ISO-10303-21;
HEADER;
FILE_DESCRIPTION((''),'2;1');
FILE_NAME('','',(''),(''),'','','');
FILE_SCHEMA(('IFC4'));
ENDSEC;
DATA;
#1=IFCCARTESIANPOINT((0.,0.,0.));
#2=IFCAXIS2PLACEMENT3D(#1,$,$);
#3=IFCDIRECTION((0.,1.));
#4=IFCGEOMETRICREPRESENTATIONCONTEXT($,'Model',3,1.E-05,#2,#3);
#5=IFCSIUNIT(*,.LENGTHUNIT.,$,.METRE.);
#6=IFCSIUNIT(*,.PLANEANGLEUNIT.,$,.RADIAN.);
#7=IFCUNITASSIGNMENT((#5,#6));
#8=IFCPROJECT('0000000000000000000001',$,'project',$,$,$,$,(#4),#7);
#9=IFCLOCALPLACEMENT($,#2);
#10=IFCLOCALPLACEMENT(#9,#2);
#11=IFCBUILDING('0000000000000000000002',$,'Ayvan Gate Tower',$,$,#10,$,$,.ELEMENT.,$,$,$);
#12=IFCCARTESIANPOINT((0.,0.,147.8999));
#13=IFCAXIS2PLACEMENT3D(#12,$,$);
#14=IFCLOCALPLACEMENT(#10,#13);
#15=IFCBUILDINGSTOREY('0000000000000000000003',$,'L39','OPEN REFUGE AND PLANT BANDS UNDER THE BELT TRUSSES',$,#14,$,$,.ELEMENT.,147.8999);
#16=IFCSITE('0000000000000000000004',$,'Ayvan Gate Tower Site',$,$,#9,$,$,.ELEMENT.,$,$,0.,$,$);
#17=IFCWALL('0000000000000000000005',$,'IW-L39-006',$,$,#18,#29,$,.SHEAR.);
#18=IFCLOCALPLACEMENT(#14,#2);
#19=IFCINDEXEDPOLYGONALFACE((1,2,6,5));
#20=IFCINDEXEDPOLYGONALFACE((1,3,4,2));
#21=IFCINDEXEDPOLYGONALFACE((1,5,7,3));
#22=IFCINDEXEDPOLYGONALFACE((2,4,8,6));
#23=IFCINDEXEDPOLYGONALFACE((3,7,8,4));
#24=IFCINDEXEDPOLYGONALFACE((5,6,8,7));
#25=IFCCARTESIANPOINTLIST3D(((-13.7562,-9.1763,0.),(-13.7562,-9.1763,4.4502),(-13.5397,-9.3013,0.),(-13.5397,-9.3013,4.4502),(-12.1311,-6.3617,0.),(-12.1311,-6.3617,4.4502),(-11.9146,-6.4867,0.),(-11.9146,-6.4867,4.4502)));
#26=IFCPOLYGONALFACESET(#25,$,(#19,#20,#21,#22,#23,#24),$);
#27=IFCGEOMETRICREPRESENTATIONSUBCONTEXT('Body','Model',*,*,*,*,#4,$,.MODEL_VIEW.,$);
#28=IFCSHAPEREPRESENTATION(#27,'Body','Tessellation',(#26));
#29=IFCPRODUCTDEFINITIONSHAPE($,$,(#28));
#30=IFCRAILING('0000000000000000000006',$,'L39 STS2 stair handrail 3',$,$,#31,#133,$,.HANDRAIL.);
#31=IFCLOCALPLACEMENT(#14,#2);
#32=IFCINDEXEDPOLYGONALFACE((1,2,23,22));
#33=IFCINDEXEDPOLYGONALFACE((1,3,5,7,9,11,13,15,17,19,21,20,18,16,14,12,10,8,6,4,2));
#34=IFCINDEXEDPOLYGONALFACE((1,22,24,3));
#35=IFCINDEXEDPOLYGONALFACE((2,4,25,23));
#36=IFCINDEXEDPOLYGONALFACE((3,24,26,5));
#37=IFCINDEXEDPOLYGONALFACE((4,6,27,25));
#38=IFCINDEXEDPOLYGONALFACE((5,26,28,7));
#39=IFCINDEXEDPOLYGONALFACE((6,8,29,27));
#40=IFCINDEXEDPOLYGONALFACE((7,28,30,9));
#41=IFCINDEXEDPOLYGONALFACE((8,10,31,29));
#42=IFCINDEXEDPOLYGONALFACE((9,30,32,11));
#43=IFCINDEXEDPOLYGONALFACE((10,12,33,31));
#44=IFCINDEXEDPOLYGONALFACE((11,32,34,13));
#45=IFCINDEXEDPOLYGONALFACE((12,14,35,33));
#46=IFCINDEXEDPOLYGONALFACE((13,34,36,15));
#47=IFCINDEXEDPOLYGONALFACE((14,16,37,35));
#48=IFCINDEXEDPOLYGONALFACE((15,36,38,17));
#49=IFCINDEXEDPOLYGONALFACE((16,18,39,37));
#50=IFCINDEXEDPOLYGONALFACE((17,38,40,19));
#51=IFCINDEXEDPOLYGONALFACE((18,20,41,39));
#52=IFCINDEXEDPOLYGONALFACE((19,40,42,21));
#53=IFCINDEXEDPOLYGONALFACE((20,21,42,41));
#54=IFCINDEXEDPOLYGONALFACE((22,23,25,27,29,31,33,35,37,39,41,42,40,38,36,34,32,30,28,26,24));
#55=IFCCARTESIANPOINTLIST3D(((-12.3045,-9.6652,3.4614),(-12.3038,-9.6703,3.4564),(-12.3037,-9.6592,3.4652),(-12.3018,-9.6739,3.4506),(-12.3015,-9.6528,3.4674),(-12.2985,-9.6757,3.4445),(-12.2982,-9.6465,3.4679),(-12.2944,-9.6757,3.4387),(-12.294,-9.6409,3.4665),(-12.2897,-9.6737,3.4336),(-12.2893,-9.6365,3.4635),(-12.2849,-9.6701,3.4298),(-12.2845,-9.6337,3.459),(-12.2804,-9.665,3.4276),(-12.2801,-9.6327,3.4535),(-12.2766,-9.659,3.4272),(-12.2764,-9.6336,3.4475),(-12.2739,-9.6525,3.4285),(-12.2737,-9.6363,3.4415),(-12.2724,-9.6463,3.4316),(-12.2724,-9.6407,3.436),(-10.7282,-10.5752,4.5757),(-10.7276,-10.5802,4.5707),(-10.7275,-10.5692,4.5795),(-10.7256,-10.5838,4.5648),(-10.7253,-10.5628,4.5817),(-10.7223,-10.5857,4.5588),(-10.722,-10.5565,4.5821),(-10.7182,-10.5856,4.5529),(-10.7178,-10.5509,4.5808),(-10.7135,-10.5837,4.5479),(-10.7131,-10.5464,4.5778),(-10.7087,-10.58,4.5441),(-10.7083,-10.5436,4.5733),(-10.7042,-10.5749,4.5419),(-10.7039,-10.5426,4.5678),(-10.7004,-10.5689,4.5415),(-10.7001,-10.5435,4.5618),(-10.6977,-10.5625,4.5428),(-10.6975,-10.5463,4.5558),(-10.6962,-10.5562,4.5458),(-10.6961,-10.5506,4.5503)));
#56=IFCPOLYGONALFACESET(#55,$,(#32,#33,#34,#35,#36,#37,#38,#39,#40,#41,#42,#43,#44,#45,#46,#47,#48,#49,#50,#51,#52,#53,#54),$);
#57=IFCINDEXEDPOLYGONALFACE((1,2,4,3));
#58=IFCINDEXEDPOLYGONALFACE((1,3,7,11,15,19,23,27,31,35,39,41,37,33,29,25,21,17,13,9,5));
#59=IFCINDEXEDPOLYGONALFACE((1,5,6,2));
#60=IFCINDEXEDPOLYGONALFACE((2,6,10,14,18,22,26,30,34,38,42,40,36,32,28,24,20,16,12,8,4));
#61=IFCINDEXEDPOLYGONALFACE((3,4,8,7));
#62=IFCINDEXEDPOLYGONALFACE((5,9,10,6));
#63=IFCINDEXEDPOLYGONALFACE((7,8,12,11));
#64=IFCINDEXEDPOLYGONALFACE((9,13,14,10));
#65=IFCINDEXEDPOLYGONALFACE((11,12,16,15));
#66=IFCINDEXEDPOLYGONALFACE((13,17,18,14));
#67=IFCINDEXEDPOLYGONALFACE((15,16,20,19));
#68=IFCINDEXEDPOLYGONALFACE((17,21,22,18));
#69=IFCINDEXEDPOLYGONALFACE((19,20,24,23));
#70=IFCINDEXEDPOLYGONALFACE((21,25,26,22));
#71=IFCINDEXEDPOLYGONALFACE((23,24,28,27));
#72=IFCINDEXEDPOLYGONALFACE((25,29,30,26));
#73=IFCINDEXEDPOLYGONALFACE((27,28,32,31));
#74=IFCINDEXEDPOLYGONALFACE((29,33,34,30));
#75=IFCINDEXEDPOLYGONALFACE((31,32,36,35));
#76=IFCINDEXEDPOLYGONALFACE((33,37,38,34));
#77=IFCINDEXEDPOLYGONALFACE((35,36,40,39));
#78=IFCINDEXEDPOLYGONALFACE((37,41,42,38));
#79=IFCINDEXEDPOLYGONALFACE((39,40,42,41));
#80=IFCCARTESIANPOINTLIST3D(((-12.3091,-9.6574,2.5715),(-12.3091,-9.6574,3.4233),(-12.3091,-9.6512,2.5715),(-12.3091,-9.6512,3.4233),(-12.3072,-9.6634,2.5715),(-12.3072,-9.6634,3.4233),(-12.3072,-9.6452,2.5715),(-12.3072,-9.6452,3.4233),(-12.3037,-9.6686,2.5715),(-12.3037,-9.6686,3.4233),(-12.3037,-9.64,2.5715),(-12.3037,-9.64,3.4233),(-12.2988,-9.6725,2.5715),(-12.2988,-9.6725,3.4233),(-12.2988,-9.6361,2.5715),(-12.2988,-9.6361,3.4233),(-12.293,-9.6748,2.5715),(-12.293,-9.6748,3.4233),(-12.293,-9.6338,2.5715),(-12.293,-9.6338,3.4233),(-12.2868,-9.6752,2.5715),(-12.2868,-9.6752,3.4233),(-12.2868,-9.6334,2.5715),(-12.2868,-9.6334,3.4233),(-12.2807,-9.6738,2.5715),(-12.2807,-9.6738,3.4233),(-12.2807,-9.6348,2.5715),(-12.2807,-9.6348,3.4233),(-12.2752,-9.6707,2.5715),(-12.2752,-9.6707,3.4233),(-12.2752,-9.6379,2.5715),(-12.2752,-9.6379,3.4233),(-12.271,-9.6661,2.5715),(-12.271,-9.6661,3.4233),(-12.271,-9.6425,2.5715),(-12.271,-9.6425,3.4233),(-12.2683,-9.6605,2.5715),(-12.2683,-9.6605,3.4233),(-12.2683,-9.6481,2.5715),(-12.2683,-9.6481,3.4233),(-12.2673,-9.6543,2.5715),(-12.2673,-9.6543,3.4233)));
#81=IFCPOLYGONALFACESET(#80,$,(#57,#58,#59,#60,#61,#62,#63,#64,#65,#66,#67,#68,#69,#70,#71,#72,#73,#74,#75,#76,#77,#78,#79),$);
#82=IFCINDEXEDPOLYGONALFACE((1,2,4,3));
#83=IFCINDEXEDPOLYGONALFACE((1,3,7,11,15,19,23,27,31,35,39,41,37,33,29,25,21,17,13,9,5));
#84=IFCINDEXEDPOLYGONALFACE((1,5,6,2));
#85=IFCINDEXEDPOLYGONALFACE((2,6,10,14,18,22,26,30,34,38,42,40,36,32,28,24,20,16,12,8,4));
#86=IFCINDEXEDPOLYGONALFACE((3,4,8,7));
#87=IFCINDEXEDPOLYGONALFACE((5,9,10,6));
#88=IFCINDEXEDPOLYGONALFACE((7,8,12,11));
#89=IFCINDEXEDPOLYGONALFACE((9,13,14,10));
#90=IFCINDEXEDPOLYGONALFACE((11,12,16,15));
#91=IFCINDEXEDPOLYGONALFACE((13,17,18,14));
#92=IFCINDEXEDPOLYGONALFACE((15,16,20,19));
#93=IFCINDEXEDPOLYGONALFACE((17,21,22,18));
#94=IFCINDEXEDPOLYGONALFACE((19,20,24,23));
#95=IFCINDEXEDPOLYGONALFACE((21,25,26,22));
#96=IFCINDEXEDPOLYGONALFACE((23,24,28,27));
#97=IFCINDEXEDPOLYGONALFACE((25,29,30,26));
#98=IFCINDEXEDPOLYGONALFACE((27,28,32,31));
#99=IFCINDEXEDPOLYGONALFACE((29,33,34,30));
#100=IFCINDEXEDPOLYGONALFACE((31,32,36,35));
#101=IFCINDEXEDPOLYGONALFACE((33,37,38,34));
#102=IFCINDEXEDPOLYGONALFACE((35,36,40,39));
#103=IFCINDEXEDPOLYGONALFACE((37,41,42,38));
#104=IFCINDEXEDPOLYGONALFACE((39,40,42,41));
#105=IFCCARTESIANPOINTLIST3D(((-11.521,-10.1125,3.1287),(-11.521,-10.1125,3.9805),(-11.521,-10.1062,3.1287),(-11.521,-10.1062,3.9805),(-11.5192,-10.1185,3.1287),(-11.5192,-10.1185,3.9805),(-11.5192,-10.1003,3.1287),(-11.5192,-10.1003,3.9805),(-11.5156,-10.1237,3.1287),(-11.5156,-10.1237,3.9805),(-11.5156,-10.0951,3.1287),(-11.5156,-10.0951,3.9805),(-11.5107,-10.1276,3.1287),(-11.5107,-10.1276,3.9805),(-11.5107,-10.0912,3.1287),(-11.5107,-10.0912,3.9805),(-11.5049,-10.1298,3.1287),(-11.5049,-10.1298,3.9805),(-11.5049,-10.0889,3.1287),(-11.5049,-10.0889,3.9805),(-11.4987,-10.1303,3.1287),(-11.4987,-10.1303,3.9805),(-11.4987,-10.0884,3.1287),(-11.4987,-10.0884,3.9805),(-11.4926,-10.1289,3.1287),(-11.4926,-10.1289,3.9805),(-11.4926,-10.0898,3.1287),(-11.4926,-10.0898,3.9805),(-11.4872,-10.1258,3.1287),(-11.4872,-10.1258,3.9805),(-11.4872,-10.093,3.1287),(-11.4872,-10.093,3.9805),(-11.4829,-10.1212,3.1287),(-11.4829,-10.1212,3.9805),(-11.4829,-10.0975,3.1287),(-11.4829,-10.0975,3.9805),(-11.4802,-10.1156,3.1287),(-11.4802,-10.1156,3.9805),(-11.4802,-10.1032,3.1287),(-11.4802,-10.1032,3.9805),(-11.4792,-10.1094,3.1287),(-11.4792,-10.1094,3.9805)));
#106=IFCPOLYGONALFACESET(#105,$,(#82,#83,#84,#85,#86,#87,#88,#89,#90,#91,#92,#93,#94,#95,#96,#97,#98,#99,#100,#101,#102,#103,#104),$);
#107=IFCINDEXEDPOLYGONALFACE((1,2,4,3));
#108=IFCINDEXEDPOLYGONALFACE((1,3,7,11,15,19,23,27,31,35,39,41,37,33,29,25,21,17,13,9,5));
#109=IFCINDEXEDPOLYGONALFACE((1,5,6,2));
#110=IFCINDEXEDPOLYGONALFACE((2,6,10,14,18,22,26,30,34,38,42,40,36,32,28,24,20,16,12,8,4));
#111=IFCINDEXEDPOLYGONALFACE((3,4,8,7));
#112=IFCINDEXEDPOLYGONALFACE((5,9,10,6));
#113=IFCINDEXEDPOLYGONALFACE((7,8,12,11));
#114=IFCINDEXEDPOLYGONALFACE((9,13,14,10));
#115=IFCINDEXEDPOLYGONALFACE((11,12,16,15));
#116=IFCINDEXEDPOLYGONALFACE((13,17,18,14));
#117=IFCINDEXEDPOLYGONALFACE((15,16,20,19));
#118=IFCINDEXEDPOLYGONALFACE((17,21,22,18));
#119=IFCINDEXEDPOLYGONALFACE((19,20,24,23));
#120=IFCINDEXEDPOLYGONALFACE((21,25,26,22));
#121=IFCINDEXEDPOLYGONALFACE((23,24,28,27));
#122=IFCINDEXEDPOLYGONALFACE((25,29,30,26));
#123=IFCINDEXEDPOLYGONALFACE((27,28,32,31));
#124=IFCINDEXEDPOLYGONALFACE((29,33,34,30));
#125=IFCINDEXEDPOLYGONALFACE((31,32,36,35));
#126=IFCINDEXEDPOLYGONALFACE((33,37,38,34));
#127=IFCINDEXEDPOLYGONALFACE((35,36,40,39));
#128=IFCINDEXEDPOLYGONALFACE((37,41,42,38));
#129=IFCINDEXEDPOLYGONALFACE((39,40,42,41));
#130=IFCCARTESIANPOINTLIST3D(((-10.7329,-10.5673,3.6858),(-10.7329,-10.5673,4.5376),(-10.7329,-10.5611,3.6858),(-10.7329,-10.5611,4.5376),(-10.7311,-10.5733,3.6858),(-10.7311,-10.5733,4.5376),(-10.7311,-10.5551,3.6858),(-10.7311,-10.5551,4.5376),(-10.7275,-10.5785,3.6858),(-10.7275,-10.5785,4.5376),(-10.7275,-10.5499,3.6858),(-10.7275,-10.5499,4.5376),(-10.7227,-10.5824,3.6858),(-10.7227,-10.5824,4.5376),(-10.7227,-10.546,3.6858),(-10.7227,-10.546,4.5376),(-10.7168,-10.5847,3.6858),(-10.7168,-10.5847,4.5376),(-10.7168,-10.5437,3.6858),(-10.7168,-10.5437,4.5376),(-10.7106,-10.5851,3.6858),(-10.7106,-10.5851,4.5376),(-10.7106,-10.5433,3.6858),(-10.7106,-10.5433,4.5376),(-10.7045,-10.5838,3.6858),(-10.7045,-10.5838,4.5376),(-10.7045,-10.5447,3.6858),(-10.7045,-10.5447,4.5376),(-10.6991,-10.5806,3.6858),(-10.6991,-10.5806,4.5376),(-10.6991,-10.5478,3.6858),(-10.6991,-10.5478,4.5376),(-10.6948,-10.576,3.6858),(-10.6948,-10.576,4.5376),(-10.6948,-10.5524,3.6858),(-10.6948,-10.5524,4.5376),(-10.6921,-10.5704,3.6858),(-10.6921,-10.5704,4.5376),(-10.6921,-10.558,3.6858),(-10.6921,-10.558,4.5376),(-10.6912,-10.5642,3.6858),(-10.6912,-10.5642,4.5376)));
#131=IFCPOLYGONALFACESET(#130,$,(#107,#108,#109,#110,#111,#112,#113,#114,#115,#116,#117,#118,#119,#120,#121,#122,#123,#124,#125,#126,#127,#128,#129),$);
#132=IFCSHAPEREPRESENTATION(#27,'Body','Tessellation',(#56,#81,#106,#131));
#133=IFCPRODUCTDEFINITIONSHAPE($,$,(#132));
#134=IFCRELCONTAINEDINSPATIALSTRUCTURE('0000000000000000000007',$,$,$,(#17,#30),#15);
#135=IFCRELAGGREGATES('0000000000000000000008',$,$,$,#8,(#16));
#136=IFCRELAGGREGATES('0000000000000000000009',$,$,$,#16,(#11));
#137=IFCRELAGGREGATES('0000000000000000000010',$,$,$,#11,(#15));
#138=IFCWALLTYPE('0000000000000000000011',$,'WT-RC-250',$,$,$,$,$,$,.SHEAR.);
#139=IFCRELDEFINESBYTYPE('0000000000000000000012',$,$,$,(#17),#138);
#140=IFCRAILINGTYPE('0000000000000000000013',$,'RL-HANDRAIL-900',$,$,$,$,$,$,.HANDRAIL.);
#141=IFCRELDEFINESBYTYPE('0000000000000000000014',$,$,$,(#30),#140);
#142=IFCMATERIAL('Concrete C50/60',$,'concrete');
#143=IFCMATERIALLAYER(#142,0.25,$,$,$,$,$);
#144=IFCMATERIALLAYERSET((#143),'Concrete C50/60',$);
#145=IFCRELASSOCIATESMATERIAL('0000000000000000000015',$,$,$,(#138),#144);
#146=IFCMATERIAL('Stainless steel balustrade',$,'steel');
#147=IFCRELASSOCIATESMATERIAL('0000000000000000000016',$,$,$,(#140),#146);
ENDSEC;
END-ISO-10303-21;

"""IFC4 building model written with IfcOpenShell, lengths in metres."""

from ifc_helpers import new_model, si_unit, direction, frame, frame_2d, origin, origin_2d, place, context, subcontext, project, spatial, rectangle, circle, extrude, material, layer, layer_set, type_object, element, save


model = new_model("IFC4")

# Units and contexts
model_context = context("Model", 3, precision=1e-05, world=origin(), true_north=direction((0.0, 1.0)))
body_context = subcontext(model_context, "Body", "Model", "MODEL_VIEW")
ifc_project = project(units=[si_unit("LENGTHUNIT", "METRE"), si_unit("PLANEANGLEUNIT", "RADIAN")], contexts=[model_context])

# Site, building, storey
site_placement = place(None, origin())
site = spatial("IfcSite", under=ifc_project, at=site_placement, Name="Ayvan Gate Tower Site", CompositionType="ELEMENT", RefElevation=0.0)
building_placement = place(site_placement, origin())
building = spatial("IfcBuilding", under=site, at=building_placement, Name="Ayvan Gate Tower", CompositionType="ELEMENT")
storey_placement = place(building_placement, frame((0.0, 0.0, 147.8999)))
storey = spatial("IfcBuildingStorey", under=building, at=storey_placement, Name="L39", Description="OPEN REFUGE AND PLANT BANDS UNDER THE BELT TRUSSES", CompositionType="ELEMENT", Elevation=147.8999)

# Wall
ifc_material_1 = material(Name="Concrete C50/60", Category="concrete")
ifc_layer_1 = layer(ifc_material_1, 0.25)
ifc_layer_set_1 = layer_set([ifc_layer_1], Name="Concrete C50/60")
wall_type_1 = type_object("IfcWallType", Name="WT-RC-250", PredefinedType="SHEAR", material=ifc_layer_set_1)
wall_1_placement = place(storey_placement, frame((-13.6479, -9.2388, 0.0), z_axis=(0.0, 0.0, 1.0), x_axis=(0.500017, 0.866015, 0.0)))
element("IfcWall", 1, at=wall_1_placement, inside=storey, type_object=wall_type_1, Name="IW-L39-006", PredefinedType="SHEAR", context=body_context, shape_type="SweptSolid", body=[
    extrude(rectangle(XDim=3.25, YDim=0.25, at=frame_2d((1.625, 0.0))), origin(), (0.0, 0.0, 1.0), 4.4502),
])

# Railing
ifc_material_2 = material(Name="Stainless steel balustrade", Category="steel")
railing_type_1 = type_object("IfcRailingType", Name="RL-HANDRAIL-900", PredefinedType="HANDRAIL", material=ifc_material_2)
railing_1_placement = place(storey_placement, frame((-12.2883, -9.6543, 2.5715)))
element("IfcRailing", 2, at=railing_1_placement, inside=storey, type_object=railing_type_1, Name="L39 STS2 stair handrail 3", PredefinedType="HANDRAIL", context=body_context, shape_type="SweptSolid", body=[
    extrude(circle(Radius=0.0239, at=origin_2d()), frame((0.0, 0.0, 0.876), z_axis=(0.73861, -0.426394, 0.522153), x_axis=(0.499962, 0.866047, 0.0)), (0.0, 0.0, 1.0), 2.134),
    extrude(circle(Radius=0.021, at=origin_2d()), origin(), (0.0, 0.0, 1.0), 0.8518),
    extrude(circle(Radius=0.021, at=origin_2d()), frame((0.7881, -0.4551, 0.5571)), (0.0, 0.0, 1.0), 0.8518),
    extrude(circle(Radius=0.021, at=origin_2d()), frame((1.5762, -0.9099, 1.1143)), (0.0, 0.0, 1.0), 0.8518),
])

save(model, "model.ifc")
